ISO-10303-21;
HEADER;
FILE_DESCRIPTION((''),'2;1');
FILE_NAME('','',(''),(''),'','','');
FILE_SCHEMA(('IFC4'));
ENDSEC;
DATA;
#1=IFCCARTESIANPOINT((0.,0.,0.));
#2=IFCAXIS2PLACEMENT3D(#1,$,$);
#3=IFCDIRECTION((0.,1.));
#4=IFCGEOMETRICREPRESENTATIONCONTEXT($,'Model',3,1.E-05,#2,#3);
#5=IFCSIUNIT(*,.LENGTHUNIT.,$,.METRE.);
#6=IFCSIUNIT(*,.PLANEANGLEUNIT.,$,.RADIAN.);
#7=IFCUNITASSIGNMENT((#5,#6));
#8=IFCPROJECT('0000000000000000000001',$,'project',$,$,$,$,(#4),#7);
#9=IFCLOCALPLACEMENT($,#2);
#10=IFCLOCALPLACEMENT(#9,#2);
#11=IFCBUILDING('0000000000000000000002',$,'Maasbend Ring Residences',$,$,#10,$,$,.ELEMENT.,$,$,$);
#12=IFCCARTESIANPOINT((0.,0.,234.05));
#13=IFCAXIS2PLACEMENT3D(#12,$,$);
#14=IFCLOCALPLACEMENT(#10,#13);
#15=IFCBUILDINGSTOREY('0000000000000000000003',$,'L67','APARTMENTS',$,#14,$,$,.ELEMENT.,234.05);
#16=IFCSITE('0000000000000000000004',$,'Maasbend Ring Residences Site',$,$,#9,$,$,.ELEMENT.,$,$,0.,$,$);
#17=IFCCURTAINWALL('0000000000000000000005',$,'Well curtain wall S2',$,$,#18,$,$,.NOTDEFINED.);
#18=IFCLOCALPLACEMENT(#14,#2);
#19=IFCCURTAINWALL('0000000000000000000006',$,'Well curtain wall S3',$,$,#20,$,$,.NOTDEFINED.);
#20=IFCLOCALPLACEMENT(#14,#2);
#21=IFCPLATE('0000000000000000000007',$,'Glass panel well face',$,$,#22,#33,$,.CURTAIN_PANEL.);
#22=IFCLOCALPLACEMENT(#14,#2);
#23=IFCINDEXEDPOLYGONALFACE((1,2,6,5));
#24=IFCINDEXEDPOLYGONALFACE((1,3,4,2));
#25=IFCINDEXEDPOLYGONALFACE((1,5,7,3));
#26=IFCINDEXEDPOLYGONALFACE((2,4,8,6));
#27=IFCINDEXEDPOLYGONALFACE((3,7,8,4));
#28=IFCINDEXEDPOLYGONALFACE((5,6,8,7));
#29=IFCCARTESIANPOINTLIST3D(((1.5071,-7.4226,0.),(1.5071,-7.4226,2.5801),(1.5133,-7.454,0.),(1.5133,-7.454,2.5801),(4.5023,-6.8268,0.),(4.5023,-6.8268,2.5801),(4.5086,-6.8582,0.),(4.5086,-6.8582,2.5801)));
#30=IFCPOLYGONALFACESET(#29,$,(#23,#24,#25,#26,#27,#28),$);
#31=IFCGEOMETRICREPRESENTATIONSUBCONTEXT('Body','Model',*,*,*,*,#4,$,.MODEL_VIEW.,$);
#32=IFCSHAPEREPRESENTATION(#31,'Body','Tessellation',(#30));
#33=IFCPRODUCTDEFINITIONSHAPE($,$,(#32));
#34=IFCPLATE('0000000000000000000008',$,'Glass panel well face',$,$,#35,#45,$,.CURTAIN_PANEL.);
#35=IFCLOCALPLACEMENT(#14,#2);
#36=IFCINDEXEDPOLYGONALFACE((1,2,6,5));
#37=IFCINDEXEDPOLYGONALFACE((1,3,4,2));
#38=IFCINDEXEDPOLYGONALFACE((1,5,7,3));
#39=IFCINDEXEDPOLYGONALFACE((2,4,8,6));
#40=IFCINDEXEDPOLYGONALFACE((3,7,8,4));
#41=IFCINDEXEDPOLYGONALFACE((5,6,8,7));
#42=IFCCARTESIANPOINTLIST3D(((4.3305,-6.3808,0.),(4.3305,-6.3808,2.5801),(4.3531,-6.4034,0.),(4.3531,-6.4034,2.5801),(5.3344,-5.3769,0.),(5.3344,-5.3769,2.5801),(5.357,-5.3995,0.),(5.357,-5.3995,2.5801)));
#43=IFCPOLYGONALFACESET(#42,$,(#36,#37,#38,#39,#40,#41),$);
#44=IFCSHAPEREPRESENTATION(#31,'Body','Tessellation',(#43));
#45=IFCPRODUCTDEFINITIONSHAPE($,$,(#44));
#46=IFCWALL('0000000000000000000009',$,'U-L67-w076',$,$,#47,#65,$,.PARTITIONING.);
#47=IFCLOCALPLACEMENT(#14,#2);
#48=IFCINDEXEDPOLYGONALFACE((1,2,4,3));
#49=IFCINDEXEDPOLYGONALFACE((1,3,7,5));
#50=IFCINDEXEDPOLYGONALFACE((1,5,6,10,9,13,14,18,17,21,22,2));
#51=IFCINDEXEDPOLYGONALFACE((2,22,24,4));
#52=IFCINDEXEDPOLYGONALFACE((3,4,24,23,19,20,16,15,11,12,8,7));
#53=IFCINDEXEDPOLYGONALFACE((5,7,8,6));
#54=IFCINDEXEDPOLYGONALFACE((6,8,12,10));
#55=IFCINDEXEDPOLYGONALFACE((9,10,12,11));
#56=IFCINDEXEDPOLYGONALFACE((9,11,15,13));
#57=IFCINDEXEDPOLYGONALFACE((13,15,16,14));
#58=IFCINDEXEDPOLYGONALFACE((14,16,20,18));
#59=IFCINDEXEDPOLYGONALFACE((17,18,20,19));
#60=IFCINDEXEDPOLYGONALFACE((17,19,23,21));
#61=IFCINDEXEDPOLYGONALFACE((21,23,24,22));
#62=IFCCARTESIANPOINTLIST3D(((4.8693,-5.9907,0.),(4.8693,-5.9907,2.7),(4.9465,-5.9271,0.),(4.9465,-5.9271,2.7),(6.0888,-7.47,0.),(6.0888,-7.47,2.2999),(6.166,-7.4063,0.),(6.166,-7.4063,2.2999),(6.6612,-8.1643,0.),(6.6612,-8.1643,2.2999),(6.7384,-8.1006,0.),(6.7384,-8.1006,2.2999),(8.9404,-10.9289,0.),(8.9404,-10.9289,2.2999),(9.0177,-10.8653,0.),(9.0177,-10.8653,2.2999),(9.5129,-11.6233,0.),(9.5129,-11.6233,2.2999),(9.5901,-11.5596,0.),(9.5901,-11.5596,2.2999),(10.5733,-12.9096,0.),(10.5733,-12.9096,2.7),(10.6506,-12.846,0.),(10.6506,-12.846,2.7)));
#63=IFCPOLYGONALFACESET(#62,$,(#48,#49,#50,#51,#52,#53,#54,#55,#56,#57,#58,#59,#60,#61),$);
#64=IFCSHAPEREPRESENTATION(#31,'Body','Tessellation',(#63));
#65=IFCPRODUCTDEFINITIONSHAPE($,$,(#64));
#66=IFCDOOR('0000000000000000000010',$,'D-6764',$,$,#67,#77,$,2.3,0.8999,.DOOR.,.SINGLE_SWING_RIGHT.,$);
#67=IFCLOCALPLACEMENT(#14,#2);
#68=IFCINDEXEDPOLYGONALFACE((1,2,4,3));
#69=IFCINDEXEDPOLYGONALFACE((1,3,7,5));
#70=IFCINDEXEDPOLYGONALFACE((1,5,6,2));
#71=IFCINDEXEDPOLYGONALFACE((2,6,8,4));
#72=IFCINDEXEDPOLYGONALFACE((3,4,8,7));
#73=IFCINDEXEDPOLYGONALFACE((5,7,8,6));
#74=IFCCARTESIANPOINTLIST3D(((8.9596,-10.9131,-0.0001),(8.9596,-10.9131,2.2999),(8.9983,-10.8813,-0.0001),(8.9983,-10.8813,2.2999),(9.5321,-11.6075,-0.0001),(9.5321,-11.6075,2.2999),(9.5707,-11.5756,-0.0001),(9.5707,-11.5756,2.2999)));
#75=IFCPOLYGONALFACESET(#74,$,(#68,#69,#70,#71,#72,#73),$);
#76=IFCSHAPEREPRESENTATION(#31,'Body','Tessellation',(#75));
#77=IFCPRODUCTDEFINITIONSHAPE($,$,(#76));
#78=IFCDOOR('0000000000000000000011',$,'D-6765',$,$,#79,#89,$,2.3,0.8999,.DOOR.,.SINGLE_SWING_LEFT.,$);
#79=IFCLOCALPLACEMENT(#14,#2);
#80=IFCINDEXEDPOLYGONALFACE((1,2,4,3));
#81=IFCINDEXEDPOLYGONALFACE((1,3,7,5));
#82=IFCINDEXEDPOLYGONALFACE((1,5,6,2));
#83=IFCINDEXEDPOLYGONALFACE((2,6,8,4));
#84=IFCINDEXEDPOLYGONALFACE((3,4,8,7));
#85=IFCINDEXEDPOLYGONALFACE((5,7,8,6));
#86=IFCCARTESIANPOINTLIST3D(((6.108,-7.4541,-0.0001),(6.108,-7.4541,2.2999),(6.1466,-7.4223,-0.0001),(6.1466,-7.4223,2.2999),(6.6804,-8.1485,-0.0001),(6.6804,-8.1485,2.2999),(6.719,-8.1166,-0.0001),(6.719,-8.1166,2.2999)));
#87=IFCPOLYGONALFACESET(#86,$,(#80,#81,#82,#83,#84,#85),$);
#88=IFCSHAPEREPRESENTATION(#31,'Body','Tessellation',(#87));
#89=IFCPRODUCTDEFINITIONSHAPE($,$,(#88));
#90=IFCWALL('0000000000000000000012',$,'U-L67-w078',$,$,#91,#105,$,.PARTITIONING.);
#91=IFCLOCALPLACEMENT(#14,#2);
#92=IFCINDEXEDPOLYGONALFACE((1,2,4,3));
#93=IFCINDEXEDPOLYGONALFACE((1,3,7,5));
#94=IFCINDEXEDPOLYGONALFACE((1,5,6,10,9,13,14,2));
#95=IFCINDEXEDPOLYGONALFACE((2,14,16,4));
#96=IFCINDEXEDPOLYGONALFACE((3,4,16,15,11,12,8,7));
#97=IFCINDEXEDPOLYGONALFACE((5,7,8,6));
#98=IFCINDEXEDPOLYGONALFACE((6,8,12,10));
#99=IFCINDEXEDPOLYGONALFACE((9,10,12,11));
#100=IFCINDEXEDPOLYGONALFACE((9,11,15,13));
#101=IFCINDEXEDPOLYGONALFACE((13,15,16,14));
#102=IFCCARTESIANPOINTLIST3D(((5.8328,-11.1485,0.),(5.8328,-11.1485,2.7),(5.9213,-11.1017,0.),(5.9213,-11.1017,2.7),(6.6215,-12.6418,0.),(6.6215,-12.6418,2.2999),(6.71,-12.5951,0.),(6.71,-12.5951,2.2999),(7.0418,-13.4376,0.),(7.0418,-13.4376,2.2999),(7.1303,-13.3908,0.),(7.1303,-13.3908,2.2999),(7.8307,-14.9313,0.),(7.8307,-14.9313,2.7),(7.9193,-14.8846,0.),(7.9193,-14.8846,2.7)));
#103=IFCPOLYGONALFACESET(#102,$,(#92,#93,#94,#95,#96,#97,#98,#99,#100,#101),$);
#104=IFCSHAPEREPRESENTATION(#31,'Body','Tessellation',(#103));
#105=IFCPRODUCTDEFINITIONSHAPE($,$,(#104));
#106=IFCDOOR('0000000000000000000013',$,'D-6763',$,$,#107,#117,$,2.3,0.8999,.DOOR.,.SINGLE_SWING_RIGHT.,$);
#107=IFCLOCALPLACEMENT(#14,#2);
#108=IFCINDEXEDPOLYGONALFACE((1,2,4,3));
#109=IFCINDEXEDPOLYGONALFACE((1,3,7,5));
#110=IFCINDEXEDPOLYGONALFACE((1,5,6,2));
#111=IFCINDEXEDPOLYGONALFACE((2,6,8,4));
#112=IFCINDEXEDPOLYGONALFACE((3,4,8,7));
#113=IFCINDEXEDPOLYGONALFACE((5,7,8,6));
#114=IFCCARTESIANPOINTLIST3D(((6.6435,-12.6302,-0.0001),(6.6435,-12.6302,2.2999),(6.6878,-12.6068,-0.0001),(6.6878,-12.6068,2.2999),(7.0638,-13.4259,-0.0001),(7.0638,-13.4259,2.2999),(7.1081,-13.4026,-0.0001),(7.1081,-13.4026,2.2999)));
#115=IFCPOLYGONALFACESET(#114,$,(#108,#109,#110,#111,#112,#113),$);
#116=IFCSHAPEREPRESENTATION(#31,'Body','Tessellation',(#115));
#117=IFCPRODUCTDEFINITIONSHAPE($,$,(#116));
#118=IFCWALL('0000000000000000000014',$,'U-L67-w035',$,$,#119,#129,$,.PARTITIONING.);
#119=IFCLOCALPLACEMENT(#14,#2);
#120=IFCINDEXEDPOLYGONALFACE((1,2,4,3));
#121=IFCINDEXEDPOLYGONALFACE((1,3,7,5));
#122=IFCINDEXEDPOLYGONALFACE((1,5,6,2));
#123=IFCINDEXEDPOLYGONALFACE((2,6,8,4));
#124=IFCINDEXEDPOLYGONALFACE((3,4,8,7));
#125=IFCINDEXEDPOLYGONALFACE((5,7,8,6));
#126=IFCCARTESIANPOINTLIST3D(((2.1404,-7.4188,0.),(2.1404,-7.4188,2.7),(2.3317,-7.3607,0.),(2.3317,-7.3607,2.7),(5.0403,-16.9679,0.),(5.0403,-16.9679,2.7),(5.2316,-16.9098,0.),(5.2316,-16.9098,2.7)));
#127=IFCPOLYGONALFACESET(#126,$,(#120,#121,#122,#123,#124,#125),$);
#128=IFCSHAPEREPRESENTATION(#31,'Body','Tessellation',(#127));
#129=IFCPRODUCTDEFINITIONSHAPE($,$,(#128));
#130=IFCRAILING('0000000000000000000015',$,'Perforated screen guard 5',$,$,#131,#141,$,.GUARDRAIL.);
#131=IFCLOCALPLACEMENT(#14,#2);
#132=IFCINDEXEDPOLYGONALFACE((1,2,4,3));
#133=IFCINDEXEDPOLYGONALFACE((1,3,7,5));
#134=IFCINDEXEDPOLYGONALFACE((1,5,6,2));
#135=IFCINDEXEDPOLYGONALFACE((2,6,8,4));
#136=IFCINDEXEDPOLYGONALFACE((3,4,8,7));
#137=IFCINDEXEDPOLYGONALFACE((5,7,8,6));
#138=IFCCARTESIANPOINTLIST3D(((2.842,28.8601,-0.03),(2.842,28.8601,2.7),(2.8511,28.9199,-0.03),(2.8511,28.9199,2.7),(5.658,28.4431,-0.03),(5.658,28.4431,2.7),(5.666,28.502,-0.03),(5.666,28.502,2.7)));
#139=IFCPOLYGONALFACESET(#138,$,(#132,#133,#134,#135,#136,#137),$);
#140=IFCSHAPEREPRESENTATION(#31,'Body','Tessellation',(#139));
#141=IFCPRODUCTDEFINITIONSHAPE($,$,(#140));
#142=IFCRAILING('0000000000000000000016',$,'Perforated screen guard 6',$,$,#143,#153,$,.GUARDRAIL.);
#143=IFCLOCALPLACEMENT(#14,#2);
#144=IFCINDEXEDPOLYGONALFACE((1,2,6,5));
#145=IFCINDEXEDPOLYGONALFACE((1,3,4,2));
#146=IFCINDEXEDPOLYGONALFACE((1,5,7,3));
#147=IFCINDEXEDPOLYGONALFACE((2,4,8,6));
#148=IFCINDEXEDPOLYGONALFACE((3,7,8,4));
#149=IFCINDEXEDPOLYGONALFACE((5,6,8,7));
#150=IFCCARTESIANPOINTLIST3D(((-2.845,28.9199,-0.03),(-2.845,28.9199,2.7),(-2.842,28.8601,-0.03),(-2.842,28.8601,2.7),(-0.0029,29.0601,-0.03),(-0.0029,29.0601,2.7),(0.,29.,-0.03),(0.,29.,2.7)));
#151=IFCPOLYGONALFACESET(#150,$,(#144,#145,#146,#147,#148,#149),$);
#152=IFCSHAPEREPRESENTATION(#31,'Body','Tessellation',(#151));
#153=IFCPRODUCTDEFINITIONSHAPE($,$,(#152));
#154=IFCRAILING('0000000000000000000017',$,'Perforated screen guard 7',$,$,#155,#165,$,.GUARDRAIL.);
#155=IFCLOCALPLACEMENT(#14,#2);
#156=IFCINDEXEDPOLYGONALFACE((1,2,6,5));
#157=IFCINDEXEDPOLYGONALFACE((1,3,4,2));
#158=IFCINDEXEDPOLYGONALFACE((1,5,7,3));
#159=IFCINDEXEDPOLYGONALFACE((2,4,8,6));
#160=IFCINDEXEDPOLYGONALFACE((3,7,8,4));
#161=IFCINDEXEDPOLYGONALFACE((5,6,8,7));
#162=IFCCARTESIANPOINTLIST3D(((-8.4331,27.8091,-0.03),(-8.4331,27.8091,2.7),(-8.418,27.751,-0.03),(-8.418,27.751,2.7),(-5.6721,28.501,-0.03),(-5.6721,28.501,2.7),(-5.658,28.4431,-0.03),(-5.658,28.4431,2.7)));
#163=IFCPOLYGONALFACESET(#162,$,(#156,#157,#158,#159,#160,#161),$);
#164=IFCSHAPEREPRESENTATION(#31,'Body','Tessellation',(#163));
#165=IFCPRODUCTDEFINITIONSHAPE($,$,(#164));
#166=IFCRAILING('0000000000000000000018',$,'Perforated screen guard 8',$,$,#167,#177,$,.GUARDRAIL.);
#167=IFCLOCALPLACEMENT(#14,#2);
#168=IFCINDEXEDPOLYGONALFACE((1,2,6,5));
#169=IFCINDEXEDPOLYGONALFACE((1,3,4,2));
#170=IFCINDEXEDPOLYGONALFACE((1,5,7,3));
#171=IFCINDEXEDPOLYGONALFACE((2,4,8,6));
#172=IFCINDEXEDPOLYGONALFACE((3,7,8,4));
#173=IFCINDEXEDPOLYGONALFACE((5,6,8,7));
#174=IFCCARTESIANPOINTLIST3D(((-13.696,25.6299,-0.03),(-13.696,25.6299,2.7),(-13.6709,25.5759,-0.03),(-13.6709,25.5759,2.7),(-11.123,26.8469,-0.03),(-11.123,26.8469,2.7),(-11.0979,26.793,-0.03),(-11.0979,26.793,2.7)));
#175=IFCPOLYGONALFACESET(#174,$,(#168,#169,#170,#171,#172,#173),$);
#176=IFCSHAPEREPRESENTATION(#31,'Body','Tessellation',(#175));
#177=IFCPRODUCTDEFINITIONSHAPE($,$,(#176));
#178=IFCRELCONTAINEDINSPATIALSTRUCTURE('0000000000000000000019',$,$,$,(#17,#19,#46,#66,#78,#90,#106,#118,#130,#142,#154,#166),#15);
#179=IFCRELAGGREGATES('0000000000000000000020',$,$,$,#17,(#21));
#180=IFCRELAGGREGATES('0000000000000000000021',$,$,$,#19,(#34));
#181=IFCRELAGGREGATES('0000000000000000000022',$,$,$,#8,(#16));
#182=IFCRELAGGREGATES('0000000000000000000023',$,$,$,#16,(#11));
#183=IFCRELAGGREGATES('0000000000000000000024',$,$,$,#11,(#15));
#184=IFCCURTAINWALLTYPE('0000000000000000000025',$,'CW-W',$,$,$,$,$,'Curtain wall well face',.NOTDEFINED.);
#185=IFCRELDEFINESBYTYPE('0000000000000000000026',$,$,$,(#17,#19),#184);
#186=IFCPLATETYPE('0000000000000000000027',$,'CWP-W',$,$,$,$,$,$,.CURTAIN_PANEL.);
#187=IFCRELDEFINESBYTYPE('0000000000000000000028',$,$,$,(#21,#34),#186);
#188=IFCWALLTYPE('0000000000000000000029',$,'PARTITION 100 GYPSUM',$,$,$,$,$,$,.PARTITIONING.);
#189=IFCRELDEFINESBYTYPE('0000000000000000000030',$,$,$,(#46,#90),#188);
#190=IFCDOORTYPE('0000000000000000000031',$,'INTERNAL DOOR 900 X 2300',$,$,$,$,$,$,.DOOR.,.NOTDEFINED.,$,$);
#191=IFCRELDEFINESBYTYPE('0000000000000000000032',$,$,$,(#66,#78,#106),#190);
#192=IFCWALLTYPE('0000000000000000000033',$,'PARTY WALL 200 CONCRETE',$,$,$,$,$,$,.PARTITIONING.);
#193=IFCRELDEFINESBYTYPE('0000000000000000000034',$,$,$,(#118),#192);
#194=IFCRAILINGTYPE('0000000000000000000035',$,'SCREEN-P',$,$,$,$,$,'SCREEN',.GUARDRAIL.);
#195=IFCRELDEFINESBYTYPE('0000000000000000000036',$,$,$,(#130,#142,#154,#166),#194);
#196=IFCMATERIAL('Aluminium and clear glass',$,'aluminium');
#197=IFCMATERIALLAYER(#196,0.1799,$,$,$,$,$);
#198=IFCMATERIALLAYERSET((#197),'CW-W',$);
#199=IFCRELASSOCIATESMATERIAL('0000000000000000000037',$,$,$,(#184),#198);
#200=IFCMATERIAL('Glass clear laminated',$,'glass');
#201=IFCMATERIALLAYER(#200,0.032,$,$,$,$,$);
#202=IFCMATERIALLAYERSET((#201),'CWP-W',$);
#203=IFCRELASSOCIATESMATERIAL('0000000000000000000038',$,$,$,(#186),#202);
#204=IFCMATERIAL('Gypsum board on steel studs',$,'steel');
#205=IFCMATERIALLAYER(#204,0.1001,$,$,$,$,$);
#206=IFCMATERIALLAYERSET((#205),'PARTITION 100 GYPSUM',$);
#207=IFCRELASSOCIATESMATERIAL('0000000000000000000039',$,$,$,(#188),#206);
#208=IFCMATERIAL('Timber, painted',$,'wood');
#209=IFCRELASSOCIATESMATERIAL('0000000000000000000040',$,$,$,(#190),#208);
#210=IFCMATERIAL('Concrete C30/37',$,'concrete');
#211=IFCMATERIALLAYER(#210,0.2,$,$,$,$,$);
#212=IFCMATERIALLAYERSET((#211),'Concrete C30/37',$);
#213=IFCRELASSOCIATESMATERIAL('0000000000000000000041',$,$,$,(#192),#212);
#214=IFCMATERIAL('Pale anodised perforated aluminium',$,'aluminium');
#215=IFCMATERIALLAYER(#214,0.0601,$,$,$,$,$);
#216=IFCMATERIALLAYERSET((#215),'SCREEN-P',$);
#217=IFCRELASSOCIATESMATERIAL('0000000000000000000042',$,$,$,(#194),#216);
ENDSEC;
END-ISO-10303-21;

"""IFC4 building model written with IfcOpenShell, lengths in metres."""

from ifc_helpers import new_model, si_unit, direction, frame, frame_2d, origin, origin_2d, place, context, subcontext, project, spatial, polyline, rectangle, outline, extrude, material, layer, layer_set, type_object, element, fill, aggregate, save


model = new_model("IFC4")

# Units and contexts
model_context = context("Model", 3, precision=1e-05, world=origin(), true_north=direction((0.0, 1.0)))
body_context = subcontext(model_context, "Body", "Model", "MODEL_VIEW")
ifc_project = project(units=[si_unit("LENGTHUNIT", "METRE"), si_unit("PLANEANGLEUNIT", "RADIAN")], contexts=[model_context])

# Site, building, storey
site_placement = place(None, origin())
site = spatial("IfcSite", under=ifc_project, at=site_placement, Name="Maasbend Ring Residences Site", CompositionType="ELEMENT", RefElevation=0.0)
building_placement = place(site_placement, origin())
building = spatial("IfcBuilding", under=site, at=building_placement, Name="Maasbend Ring Residences", CompositionType="ELEMENT")
storey_placement = place(building_placement, frame((0.0, 0.0, 234.05)))
storey = spatial("IfcBuildingStorey", under=building, at=storey_placement, Name="L67", Description="APARTMENTS", CompositionType="ELEMENT", Elevation=234.05)

# Curtain walls
ifc_material_1 = material(Name="Aluminium and clear glass", Category="aluminium")
ifc_layer_1 = layer(ifc_material_1, 0.1799)
ifc_layer_set_1 = layer_set([ifc_layer_1], Name="CW-W")
curtain_wall_type = type_object("IfcCurtainWallType", Name="CW-W", ElementType="Curtain wall well face", PredefinedType="NOTDEFINED", material=ifc_layer_set_1)
curtain_wall_1_placement = place(storey_placement, origin())
curtain_wall_1 = element("IfcCurtainWall", 1, at=curtain_wall_1_placement, inside=storey, type_object=curtain_wall_type, Name="Well curtain wall S2", PredefinedType="NOTDEFINED")
curtain_wall_2_placement = place(storey_placement, origin())
curtain_wall_2 = element("IfcCurtainWall", 2, at=curtain_wall_2_placement, inside=storey, type_object=curtain_wall_type, Name="Well curtain wall S3", PredefinedType="NOTDEFINED")

# Plates
ifc_material_2 = material(Name="Glass clear laminated", Category="glass")
ifc_layer_2 = layer(ifc_material_2, 0.032)
ifc_layer_set_2 = layer_set([ifc_layer_2], Name="CWP-W")
plate_type = type_object("IfcPlateType", Name="CWP-W", PredefinedType="CURTAIN_PANEL", material=ifc_layer_set_2)
plate_1_placement = place(storey_placement, frame((3.0078, -7.1404, 0.0), z_axis=(0.0, 0.0, 1.0), x_axis=(0.980785, 0.19509, 0.0)))
plate_1 = element("IfcPlate", 3, at=plate_1_placement, type_object=plate_type, Name="Glass panel well face", PredefinedType="CURTAIN_PANEL", context=body_context, shape_type="SweptSolid", body=[
    extrude(rectangle(XDim=3.054, YDim=0.032, at=origin_2d()), origin(), (0.0, 0.0, 1.0), 2.5801),
])
aggregate(curtain_wall_1, [plate_1])
plate_2_placement = place(storey_placement, frame((4.8438, -5.8901, 0.0), z_axis=(0.0, 0.0, 1.0), x_axis=(0.707107, 0.707107, 0.0)))
plate_2 = element("IfcPlate", 4, at=plate_2_placement, type_object=plate_type, Name="Glass panel well face", PredefinedType="CURTAIN_PANEL", context=body_context, shape_type="SweptSolid", body=[
    extrude(rectangle(XDim=1.4197, YDim=0.032, at=origin_2d()), origin(), (0.0, 0.0, 1.0), 2.5801),
])
aggregate(curtain_wall_2, [plate_2])

# Wall, openings, doors
ifc_material_3 = material(Name="Gypsum board on steel studs", Category="steel")
ifc_layer_3 = layer(ifc_material_3, 0.1001)
ifc_layer_set_3 = layer_set([ifc_layer_3], Name="PARTITION 100 GYPSUM")
wall_type_1 = type_object("IfcWallType", Name="PARTITION 100 GYPSUM", PredefinedType="PARTITIONING", material=ifc_layer_set_3)
wall_1_placement = place(storey_placement, frame((4.908, -5.959, 0.0), z_axis=(0.0, 0.0, 1.0), x_axis=(0.636116, -0.771594, 0.0)))
wall_1 = element("IfcWall", 5, at=wall_1_placement, inside=storey, type_object=wall_type_1, Name="U-L67-w076", PredefinedType="PARTITIONING", context=body_context, shape_type="SweptSolid", body=[
    extrude(rectangle(XDim=8.967, YDim=0.1001, at=frame_2d((4.4834, 0.0))), origin(), (0.0, 0.0, 1.0), 2.7),
])
opening_1_placement = place(wall_1_placement, frame((6.3999, 0.0, 0.0)))
opening_1 = element("IfcOpeningElement", 6, at=opening_1_placement, cuts=wall_1, PredefinedType="OPENING", context=body_context, shape_type="SweptSolid", body=[
    extrude(rectangle(XDim=0.8999, YDim=2.3, at=frame_2d((0.45, 1.1499))), frame((0.0, 0.0601, 0.0), z_axis=(0.0, -1.0, 0.0), x_axis=(1.0, 0.0, 0.0)), (0.0, 0.0, 1.0), 0.1201),
])
opening_2_placement = place(wall_1_placement, frame((1.917, 0.0, 0.0)))
opening_2 = element("IfcOpeningElement", 7, at=opening_2_placement, cuts=wall_1, PredefinedType="OPENING", context=body_context, shape_type="SweptSolid", body=[
    extrude(rectangle(XDim=0.8999, YDim=2.3, at=frame_2d((0.45, 1.1499))), frame((0.0, 0.0601, 0.0), z_axis=(0.0, -1.0, 0.0), x_axis=(1.0, 0.0, 0.0)), (0.0, 0.0, 1.0), 0.1201),
])
ifc_material_4 = material(Name="Timber, painted", Category="wood")
door_type = type_object("IfcDoorType", Name="INTERNAL DOOR 900 X 2300", OperationType="NOTDEFINED", PredefinedType="DOOR", material=ifc_material_4)
door_1_placement = place(opening_1_placement, origin())
door_1 = element("IfcDoor", 8, at=door_1_placement, inside=storey, type_object=door_type, Name="D-6764", OperationType="SINGLE_SWING_RIGHT", OverallHeight=2.3, OverallWidth=0.8999, PredefinedType="DOOR", context=body_context, shape_type="SweptSolid", body=[
    extrude(rectangle(XDim=0.8999, YDim=2.3, at=frame_2d((0.45, 1.1499))), frame((0.0, 0.0249, 0.0), z_axis=(0.0, -1.0, 0.0), x_axis=(1.0, 0.0, 0.0)), (0.0, 0.0, 1.0), 0.05),
])
fill(opening_1, door_1)
door_2_placement = place(opening_2_placement, origin())
door_2 = element("IfcDoor", 9, at=door_2_placement, inside=storey, type_object=door_type, Name="D-6765", OperationType="SINGLE_SWING_LEFT", OverallHeight=2.3, OverallWidth=0.8999, PredefinedType="DOOR", context=body_context, shape_type="SweptSolid", body=[
    extrude(rectangle(XDim=0.8999, YDim=2.3, at=frame_2d((0.45, 1.1499))), frame((0.0, 0.0249, 0.0), z_axis=(0.0, -1.0, 0.0), x_axis=(1.0, 0.0, 0.0)), (0.0, 0.0, 1.0), 0.05),
])
fill(opening_2, door_2)

# Wall, opening, door
wall_2_placement = place(storey_placement, frame((5.877, -11.125, 0.0), z_axis=(0.0, 0.0, 1.0), x_axis=(0.46703, -0.884241, 0.0)))
wall_2 = element("IfcWall", 10, at=wall_2_placement, inside=storey, type_object=wall_type_1, Name="U-L67-w078", PredefinedType="PARTITIONING", context=body_context, shape_type="SweptSolid", body=[
    extrude(rectangle(XDim=4.2781, YDim=0.1001, at=frame_2d((2.1392, 0.0))), origin(), (0.0, 0.0, 1.0), 2.7),
])
opening_3_placement = place(wall_2_placement, frame((1.689, 0.0, 0.0)))
opening_3 = element("IfcOpeningElement", 11, at=opening_3_placement, cuts=wall_2, PredefinedType="OPENING", context=body_context, shape_type="SweptSolid", body=[
    extrude(rectangle(XDim=0.8999, YDim=2.3, at=frame_2d((0.45, 1.1499))), frame((0.0, 0.0601, 0.0), z_axis=(0.0, -1.0, 0.0), x_axis=(1.0, 0.0, 0.0)), (0.0, 0.0, 1.0), 0.1201),
])
door_3_placement = place(opening_3_placement, origin())
door_3 = element("IfcDoor", 12, at=door_3_placement, inside=storey, type_object=door_type, Name="D-6763", OperationType="SINGLE_SWING_RIGHT", OverallHeight=2.3, OverallWidth=0.8999, PredefinedType="DOOR", context=body_context, shape_type="SweptSolid", body=[
    extrude(rectangle(XDim=0.8999, YDim=2.3, at=frame_2d((0.45, 1.1499))), frame((0.0, 0.0249, 0.0), z_axis=(0.0, -1.0, 0.0), x_axis=(1.0, 0.0, 0.0)), (0.0, 0.0, 1.0), 0.05),
])
fill(opening_3, door_3)

# Wall
ifc_material_5 = material(Name="Concrete C30/37", Category="concrete")
ifc_layer_4 = layer(ifc_material_5, 0.2)
ifc_layer_set_4 = layer_set([ifc_layer_4], Name="Concrete C30/37")
wall_type_2 = type_object("IfcWallType", Name="PARTY WALL 200 CONCRETE", PredefinedType="PARTITIONING", material=ifc_layer_set_4)
wall_3_placement = place(storey_placement, frame((2.2361, -7.3899, 0.0), z_axis=(0.0, 0.0, 1.0), x_axis=(0.29058, -0.956851, 0.0)))
element("IfcWall", 13, at=wall_3_placement, inside=storey, type_object=wall_type_2, Name="U-L67-w035", PredefinedType="PARTITIONING", context=body_context, shape_type="SweptSolid", body=[
    extrude(rectangle(XDim=9.9797, YDim=0.2, at=frame_2d((4.9897, 0.0))), origin(), (0.0, 0.0, 1.0), 2.7),
])

# Railings
ifc_material_6 = material(Name="Pale anodised perforated aluminium", Category="aluminium")
ifc_layer_5 = layer(ifc_material_6, 0.0601)
ifc_layer_set_5 = layer_set([ifc_layer_5], Name="SCREEN-P")
railing_type = type_object("IfcRailingType", Name="SCREEN-P", ElementType="SCREEN", PredefinedType="GUARDRAIL", material=ifc_layer_set_5)
railing_1_placement = place(storey_placement, frame((0.0, 0.0, -0.03)))
element("IfcRailing", 14, at=railing_1_placement, inside=storey, type_object=railing_type, Name="Perforated screen guard 5", PredefinedType="GUARDRAIL", context=body_context, shape_type="SweptSolid", body=[
    extrude(outline(polyline([(5.658, 28.4431), (2.842, 28.8601), (2.8511, 28.9199), (5.666, 28.502), (5.658, 28.4431)])), origin(), (0.0, 0.0, 1.0), 2.73),
])
railing_2_placement = place(storey_placement, frame((0.0, 0.0, -0.03)))
element("IfcRailing", 15, at=railing_2_placement, inside=storey, type_object=railing_type, Name="Perforated screen guard 6", PredefinedType="GUARDRAIL", context=body_context, shape_type="SweptSolid", body=[
    extrude(outline(polyline([(0.0, 29.0), (-2.842, 28.8601), (-2.845, 28.9199), (-0.0029, 29.0601), (0.0, 29.0)])), origin(), (0.0, 0.0, 1.0), 2.73),
])
railing_3_placement = place(storey_placement, frame((0.0, 0.0, -0.03)))
element("IfcRailing", 16, at=railing_3_placement, inside=storey, type_object=railing_type, Name="Perforated screen guard 7", PredefinedType="GUARDRAIL", context=body_context, shape_type="SweptSolid", body=[
    extrude(outline(polyline([(-5.658, 28.4431), (-8.418, 27.751), (-8.4331, 27.8091), (-5.6721, 28.501), (-5.658, 28.4431)])), origin(), (0.0, 0.0, 1.0), 2.73),
])
railing_4_placement = place(storey_placement, frame((0.0, 0.0, -0.03)))
element("IfcRailing", 17, at=railing_4_placement, inside=storey, type_object=railing_type, Name="Perforated screen guard 8", PredefinedType="GUARDRAIL", context=body_context, shape_type="SweptSolid", body=[
    extrude(outline(polyline([(-11.0979, 26.793), (-13.6709, 25.5759), (-13.696, 25.6299), (-11.123, 26.8469), (-11.0979, 26.793)])), origin(), (0.0, 0.0, 1.0), 2.73),
])

save(model, "model.ifc")
